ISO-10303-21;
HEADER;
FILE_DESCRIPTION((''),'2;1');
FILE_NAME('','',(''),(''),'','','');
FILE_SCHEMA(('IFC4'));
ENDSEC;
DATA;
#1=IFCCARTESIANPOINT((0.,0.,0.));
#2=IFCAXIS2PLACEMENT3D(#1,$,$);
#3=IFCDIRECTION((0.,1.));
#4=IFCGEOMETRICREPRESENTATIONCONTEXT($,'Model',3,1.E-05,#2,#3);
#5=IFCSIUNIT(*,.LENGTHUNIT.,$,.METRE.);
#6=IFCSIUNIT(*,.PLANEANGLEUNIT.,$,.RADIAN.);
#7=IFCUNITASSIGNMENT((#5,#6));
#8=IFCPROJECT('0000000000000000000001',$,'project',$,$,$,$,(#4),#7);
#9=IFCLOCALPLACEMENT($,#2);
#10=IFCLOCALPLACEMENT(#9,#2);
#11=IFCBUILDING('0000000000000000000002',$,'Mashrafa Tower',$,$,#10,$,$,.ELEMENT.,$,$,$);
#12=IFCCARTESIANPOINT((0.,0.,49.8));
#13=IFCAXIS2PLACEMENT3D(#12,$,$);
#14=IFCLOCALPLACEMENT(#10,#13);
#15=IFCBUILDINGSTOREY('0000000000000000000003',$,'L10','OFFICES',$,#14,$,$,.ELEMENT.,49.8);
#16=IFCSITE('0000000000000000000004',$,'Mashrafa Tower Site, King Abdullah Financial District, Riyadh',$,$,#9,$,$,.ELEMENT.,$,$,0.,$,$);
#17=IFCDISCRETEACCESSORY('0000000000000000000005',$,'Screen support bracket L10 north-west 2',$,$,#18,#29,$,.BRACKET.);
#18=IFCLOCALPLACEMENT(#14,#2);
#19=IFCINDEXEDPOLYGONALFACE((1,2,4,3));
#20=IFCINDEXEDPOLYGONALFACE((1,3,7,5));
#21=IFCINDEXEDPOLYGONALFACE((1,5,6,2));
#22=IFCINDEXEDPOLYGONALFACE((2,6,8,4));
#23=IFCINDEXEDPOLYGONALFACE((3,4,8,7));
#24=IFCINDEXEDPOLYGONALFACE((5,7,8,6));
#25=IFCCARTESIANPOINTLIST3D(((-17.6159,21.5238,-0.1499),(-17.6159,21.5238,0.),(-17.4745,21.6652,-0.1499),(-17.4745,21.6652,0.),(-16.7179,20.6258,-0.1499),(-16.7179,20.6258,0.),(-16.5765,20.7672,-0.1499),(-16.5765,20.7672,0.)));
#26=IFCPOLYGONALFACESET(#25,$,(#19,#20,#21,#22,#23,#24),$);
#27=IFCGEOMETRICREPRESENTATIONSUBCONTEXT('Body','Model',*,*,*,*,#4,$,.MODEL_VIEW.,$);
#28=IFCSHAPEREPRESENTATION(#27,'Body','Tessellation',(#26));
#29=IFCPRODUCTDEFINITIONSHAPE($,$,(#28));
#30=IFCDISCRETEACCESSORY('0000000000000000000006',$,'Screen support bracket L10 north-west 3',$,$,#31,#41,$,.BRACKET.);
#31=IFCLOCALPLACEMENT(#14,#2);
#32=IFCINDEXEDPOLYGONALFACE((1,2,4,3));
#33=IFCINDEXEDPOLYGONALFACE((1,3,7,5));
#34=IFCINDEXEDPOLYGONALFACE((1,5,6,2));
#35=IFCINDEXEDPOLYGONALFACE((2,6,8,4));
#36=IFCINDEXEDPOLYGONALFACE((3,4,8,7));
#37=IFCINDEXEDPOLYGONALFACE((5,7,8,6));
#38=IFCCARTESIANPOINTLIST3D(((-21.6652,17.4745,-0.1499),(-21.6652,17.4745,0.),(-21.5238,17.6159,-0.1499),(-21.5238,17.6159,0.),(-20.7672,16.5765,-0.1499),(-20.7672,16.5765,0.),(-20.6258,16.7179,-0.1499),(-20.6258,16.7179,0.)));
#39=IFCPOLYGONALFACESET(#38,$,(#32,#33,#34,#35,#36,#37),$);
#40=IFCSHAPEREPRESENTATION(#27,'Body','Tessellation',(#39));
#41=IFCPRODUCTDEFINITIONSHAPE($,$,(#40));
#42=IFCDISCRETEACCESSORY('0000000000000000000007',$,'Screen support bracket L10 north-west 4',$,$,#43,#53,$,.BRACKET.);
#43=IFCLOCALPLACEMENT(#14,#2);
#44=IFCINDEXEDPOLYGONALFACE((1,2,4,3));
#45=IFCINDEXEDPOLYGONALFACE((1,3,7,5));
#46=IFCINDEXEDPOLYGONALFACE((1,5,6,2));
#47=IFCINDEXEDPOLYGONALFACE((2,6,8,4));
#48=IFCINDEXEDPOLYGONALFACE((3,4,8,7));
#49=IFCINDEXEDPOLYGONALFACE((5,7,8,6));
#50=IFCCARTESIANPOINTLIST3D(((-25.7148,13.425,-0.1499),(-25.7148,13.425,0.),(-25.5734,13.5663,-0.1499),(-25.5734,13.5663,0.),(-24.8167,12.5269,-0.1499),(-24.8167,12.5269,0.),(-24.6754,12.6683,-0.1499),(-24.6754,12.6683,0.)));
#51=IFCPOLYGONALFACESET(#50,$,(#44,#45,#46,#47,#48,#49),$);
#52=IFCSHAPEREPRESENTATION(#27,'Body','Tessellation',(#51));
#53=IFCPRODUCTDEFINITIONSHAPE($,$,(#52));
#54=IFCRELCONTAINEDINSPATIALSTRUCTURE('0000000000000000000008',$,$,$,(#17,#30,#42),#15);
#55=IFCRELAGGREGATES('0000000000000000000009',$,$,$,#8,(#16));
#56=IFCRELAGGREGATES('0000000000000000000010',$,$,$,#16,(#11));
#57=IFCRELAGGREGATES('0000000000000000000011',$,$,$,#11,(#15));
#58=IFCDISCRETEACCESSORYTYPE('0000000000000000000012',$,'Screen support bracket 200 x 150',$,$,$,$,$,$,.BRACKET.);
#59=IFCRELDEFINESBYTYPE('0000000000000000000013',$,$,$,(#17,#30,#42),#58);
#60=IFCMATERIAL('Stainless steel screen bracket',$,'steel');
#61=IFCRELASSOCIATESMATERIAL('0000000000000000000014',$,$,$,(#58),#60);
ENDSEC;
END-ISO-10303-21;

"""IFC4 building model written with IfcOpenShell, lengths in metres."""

from ifc_helpers import new_model, si_unit, direction, frame, origin, origin_2d, place, context, subcontext, project, spatial, rectangle, extrude, source, transform, mapped, material, type_object, type_shapes, element, save


model = new_model("IFC4")

# Units and contexts
model_context = context("Model", 3, precision=1e-05, world=origin(), true_north=direction((0.0, 1.0)))
body_context = subcontext(model_context, "Body", "Model", "MODEL_VIEW")
ifc_project = project(units=[si_unit("LENGTHUNIT", "METRE"), si_unit("PLANEANGLEUNIT", "RADIAN")], contexts=[model_context])

# Site, building, storey
site_placement = place(None, origin())
site = spatial("IfcSite", under=ifc_project, at=site_placement, Name="Mashrafa Tower Site, King Abdullah Financial District, Riyadh", CompositionType="ELEMENT", RefElevation=0.0)
building_placement = place(site_placement, origin())
building = spatial("IfcBuilding", under=site, at=building_placement, Name="Mashrafa Tower", CompositionType="ELEMENT")
storey_placement = place(building_placement, frame((0.0, 0.0, 49.8)))
storey = spatial("IfcBuildingStorey", under=building, at=storey_placement, Name="L10", Description="OFFICES", CompositionType="ELEMENT", Elevation=49.8)

# Discrete accessories
ifc_material_1 = material(Name="Stainless steel screen bracket", Category="steel")
discrete_accessory_type = type_object("IfcDiscreteAccessoryType", Name="Screen support bracket 200 x 150", PredefinedType="BRACKET", material=ifc_material_1)
shared_shape_1 = source(origin(), body_context, "Body", "SweptSolid", [
    extrude(rectangle(XDim=0.2, YDim=1.27, at=origin_2d()), origin(), (0.0, 0.0, 1.0), 0.1499),
])
type_shapes(discrete_accessory_type, [shared_shape_1])
for number, where, z_axis, x_axis, name in (
    (1, (-17.0962, 21.1455, -0.1499), (0.0, 0.0, 1.0), (-0.707107, -0.707107, 0.0), "Screen support bracket L10 north-west 2"),
    (2, (-21.1455, 17.0962, -0.1499), (0.0, 0.0, 1.0), (-0.707107, -0.707107, 0.0), "Screen support bracket L10 north-west 3"),
    (3, (-25.1951, 13.0466, -0.1499), (0.0, 0.0, 1.0), (-0.707107, -0.707107, 0.0), "Screen support bracket L10 north-west 4"),
):
    element("IfcDiscreteAccessory", number, at=place(storey_placement, frame(where, z_axis=z_axis, x_axis=x_axis)), inside=storey, type_object=discrete_accessory_type, Name=name, PredefinedType="BRACKET", context=body_context, shape_type="MappedRepresentation", body=[
        mapped(shared_shape_1, transform((0.0, 0.0, 0.0))),
    ])

save(model, "model.ifc")
